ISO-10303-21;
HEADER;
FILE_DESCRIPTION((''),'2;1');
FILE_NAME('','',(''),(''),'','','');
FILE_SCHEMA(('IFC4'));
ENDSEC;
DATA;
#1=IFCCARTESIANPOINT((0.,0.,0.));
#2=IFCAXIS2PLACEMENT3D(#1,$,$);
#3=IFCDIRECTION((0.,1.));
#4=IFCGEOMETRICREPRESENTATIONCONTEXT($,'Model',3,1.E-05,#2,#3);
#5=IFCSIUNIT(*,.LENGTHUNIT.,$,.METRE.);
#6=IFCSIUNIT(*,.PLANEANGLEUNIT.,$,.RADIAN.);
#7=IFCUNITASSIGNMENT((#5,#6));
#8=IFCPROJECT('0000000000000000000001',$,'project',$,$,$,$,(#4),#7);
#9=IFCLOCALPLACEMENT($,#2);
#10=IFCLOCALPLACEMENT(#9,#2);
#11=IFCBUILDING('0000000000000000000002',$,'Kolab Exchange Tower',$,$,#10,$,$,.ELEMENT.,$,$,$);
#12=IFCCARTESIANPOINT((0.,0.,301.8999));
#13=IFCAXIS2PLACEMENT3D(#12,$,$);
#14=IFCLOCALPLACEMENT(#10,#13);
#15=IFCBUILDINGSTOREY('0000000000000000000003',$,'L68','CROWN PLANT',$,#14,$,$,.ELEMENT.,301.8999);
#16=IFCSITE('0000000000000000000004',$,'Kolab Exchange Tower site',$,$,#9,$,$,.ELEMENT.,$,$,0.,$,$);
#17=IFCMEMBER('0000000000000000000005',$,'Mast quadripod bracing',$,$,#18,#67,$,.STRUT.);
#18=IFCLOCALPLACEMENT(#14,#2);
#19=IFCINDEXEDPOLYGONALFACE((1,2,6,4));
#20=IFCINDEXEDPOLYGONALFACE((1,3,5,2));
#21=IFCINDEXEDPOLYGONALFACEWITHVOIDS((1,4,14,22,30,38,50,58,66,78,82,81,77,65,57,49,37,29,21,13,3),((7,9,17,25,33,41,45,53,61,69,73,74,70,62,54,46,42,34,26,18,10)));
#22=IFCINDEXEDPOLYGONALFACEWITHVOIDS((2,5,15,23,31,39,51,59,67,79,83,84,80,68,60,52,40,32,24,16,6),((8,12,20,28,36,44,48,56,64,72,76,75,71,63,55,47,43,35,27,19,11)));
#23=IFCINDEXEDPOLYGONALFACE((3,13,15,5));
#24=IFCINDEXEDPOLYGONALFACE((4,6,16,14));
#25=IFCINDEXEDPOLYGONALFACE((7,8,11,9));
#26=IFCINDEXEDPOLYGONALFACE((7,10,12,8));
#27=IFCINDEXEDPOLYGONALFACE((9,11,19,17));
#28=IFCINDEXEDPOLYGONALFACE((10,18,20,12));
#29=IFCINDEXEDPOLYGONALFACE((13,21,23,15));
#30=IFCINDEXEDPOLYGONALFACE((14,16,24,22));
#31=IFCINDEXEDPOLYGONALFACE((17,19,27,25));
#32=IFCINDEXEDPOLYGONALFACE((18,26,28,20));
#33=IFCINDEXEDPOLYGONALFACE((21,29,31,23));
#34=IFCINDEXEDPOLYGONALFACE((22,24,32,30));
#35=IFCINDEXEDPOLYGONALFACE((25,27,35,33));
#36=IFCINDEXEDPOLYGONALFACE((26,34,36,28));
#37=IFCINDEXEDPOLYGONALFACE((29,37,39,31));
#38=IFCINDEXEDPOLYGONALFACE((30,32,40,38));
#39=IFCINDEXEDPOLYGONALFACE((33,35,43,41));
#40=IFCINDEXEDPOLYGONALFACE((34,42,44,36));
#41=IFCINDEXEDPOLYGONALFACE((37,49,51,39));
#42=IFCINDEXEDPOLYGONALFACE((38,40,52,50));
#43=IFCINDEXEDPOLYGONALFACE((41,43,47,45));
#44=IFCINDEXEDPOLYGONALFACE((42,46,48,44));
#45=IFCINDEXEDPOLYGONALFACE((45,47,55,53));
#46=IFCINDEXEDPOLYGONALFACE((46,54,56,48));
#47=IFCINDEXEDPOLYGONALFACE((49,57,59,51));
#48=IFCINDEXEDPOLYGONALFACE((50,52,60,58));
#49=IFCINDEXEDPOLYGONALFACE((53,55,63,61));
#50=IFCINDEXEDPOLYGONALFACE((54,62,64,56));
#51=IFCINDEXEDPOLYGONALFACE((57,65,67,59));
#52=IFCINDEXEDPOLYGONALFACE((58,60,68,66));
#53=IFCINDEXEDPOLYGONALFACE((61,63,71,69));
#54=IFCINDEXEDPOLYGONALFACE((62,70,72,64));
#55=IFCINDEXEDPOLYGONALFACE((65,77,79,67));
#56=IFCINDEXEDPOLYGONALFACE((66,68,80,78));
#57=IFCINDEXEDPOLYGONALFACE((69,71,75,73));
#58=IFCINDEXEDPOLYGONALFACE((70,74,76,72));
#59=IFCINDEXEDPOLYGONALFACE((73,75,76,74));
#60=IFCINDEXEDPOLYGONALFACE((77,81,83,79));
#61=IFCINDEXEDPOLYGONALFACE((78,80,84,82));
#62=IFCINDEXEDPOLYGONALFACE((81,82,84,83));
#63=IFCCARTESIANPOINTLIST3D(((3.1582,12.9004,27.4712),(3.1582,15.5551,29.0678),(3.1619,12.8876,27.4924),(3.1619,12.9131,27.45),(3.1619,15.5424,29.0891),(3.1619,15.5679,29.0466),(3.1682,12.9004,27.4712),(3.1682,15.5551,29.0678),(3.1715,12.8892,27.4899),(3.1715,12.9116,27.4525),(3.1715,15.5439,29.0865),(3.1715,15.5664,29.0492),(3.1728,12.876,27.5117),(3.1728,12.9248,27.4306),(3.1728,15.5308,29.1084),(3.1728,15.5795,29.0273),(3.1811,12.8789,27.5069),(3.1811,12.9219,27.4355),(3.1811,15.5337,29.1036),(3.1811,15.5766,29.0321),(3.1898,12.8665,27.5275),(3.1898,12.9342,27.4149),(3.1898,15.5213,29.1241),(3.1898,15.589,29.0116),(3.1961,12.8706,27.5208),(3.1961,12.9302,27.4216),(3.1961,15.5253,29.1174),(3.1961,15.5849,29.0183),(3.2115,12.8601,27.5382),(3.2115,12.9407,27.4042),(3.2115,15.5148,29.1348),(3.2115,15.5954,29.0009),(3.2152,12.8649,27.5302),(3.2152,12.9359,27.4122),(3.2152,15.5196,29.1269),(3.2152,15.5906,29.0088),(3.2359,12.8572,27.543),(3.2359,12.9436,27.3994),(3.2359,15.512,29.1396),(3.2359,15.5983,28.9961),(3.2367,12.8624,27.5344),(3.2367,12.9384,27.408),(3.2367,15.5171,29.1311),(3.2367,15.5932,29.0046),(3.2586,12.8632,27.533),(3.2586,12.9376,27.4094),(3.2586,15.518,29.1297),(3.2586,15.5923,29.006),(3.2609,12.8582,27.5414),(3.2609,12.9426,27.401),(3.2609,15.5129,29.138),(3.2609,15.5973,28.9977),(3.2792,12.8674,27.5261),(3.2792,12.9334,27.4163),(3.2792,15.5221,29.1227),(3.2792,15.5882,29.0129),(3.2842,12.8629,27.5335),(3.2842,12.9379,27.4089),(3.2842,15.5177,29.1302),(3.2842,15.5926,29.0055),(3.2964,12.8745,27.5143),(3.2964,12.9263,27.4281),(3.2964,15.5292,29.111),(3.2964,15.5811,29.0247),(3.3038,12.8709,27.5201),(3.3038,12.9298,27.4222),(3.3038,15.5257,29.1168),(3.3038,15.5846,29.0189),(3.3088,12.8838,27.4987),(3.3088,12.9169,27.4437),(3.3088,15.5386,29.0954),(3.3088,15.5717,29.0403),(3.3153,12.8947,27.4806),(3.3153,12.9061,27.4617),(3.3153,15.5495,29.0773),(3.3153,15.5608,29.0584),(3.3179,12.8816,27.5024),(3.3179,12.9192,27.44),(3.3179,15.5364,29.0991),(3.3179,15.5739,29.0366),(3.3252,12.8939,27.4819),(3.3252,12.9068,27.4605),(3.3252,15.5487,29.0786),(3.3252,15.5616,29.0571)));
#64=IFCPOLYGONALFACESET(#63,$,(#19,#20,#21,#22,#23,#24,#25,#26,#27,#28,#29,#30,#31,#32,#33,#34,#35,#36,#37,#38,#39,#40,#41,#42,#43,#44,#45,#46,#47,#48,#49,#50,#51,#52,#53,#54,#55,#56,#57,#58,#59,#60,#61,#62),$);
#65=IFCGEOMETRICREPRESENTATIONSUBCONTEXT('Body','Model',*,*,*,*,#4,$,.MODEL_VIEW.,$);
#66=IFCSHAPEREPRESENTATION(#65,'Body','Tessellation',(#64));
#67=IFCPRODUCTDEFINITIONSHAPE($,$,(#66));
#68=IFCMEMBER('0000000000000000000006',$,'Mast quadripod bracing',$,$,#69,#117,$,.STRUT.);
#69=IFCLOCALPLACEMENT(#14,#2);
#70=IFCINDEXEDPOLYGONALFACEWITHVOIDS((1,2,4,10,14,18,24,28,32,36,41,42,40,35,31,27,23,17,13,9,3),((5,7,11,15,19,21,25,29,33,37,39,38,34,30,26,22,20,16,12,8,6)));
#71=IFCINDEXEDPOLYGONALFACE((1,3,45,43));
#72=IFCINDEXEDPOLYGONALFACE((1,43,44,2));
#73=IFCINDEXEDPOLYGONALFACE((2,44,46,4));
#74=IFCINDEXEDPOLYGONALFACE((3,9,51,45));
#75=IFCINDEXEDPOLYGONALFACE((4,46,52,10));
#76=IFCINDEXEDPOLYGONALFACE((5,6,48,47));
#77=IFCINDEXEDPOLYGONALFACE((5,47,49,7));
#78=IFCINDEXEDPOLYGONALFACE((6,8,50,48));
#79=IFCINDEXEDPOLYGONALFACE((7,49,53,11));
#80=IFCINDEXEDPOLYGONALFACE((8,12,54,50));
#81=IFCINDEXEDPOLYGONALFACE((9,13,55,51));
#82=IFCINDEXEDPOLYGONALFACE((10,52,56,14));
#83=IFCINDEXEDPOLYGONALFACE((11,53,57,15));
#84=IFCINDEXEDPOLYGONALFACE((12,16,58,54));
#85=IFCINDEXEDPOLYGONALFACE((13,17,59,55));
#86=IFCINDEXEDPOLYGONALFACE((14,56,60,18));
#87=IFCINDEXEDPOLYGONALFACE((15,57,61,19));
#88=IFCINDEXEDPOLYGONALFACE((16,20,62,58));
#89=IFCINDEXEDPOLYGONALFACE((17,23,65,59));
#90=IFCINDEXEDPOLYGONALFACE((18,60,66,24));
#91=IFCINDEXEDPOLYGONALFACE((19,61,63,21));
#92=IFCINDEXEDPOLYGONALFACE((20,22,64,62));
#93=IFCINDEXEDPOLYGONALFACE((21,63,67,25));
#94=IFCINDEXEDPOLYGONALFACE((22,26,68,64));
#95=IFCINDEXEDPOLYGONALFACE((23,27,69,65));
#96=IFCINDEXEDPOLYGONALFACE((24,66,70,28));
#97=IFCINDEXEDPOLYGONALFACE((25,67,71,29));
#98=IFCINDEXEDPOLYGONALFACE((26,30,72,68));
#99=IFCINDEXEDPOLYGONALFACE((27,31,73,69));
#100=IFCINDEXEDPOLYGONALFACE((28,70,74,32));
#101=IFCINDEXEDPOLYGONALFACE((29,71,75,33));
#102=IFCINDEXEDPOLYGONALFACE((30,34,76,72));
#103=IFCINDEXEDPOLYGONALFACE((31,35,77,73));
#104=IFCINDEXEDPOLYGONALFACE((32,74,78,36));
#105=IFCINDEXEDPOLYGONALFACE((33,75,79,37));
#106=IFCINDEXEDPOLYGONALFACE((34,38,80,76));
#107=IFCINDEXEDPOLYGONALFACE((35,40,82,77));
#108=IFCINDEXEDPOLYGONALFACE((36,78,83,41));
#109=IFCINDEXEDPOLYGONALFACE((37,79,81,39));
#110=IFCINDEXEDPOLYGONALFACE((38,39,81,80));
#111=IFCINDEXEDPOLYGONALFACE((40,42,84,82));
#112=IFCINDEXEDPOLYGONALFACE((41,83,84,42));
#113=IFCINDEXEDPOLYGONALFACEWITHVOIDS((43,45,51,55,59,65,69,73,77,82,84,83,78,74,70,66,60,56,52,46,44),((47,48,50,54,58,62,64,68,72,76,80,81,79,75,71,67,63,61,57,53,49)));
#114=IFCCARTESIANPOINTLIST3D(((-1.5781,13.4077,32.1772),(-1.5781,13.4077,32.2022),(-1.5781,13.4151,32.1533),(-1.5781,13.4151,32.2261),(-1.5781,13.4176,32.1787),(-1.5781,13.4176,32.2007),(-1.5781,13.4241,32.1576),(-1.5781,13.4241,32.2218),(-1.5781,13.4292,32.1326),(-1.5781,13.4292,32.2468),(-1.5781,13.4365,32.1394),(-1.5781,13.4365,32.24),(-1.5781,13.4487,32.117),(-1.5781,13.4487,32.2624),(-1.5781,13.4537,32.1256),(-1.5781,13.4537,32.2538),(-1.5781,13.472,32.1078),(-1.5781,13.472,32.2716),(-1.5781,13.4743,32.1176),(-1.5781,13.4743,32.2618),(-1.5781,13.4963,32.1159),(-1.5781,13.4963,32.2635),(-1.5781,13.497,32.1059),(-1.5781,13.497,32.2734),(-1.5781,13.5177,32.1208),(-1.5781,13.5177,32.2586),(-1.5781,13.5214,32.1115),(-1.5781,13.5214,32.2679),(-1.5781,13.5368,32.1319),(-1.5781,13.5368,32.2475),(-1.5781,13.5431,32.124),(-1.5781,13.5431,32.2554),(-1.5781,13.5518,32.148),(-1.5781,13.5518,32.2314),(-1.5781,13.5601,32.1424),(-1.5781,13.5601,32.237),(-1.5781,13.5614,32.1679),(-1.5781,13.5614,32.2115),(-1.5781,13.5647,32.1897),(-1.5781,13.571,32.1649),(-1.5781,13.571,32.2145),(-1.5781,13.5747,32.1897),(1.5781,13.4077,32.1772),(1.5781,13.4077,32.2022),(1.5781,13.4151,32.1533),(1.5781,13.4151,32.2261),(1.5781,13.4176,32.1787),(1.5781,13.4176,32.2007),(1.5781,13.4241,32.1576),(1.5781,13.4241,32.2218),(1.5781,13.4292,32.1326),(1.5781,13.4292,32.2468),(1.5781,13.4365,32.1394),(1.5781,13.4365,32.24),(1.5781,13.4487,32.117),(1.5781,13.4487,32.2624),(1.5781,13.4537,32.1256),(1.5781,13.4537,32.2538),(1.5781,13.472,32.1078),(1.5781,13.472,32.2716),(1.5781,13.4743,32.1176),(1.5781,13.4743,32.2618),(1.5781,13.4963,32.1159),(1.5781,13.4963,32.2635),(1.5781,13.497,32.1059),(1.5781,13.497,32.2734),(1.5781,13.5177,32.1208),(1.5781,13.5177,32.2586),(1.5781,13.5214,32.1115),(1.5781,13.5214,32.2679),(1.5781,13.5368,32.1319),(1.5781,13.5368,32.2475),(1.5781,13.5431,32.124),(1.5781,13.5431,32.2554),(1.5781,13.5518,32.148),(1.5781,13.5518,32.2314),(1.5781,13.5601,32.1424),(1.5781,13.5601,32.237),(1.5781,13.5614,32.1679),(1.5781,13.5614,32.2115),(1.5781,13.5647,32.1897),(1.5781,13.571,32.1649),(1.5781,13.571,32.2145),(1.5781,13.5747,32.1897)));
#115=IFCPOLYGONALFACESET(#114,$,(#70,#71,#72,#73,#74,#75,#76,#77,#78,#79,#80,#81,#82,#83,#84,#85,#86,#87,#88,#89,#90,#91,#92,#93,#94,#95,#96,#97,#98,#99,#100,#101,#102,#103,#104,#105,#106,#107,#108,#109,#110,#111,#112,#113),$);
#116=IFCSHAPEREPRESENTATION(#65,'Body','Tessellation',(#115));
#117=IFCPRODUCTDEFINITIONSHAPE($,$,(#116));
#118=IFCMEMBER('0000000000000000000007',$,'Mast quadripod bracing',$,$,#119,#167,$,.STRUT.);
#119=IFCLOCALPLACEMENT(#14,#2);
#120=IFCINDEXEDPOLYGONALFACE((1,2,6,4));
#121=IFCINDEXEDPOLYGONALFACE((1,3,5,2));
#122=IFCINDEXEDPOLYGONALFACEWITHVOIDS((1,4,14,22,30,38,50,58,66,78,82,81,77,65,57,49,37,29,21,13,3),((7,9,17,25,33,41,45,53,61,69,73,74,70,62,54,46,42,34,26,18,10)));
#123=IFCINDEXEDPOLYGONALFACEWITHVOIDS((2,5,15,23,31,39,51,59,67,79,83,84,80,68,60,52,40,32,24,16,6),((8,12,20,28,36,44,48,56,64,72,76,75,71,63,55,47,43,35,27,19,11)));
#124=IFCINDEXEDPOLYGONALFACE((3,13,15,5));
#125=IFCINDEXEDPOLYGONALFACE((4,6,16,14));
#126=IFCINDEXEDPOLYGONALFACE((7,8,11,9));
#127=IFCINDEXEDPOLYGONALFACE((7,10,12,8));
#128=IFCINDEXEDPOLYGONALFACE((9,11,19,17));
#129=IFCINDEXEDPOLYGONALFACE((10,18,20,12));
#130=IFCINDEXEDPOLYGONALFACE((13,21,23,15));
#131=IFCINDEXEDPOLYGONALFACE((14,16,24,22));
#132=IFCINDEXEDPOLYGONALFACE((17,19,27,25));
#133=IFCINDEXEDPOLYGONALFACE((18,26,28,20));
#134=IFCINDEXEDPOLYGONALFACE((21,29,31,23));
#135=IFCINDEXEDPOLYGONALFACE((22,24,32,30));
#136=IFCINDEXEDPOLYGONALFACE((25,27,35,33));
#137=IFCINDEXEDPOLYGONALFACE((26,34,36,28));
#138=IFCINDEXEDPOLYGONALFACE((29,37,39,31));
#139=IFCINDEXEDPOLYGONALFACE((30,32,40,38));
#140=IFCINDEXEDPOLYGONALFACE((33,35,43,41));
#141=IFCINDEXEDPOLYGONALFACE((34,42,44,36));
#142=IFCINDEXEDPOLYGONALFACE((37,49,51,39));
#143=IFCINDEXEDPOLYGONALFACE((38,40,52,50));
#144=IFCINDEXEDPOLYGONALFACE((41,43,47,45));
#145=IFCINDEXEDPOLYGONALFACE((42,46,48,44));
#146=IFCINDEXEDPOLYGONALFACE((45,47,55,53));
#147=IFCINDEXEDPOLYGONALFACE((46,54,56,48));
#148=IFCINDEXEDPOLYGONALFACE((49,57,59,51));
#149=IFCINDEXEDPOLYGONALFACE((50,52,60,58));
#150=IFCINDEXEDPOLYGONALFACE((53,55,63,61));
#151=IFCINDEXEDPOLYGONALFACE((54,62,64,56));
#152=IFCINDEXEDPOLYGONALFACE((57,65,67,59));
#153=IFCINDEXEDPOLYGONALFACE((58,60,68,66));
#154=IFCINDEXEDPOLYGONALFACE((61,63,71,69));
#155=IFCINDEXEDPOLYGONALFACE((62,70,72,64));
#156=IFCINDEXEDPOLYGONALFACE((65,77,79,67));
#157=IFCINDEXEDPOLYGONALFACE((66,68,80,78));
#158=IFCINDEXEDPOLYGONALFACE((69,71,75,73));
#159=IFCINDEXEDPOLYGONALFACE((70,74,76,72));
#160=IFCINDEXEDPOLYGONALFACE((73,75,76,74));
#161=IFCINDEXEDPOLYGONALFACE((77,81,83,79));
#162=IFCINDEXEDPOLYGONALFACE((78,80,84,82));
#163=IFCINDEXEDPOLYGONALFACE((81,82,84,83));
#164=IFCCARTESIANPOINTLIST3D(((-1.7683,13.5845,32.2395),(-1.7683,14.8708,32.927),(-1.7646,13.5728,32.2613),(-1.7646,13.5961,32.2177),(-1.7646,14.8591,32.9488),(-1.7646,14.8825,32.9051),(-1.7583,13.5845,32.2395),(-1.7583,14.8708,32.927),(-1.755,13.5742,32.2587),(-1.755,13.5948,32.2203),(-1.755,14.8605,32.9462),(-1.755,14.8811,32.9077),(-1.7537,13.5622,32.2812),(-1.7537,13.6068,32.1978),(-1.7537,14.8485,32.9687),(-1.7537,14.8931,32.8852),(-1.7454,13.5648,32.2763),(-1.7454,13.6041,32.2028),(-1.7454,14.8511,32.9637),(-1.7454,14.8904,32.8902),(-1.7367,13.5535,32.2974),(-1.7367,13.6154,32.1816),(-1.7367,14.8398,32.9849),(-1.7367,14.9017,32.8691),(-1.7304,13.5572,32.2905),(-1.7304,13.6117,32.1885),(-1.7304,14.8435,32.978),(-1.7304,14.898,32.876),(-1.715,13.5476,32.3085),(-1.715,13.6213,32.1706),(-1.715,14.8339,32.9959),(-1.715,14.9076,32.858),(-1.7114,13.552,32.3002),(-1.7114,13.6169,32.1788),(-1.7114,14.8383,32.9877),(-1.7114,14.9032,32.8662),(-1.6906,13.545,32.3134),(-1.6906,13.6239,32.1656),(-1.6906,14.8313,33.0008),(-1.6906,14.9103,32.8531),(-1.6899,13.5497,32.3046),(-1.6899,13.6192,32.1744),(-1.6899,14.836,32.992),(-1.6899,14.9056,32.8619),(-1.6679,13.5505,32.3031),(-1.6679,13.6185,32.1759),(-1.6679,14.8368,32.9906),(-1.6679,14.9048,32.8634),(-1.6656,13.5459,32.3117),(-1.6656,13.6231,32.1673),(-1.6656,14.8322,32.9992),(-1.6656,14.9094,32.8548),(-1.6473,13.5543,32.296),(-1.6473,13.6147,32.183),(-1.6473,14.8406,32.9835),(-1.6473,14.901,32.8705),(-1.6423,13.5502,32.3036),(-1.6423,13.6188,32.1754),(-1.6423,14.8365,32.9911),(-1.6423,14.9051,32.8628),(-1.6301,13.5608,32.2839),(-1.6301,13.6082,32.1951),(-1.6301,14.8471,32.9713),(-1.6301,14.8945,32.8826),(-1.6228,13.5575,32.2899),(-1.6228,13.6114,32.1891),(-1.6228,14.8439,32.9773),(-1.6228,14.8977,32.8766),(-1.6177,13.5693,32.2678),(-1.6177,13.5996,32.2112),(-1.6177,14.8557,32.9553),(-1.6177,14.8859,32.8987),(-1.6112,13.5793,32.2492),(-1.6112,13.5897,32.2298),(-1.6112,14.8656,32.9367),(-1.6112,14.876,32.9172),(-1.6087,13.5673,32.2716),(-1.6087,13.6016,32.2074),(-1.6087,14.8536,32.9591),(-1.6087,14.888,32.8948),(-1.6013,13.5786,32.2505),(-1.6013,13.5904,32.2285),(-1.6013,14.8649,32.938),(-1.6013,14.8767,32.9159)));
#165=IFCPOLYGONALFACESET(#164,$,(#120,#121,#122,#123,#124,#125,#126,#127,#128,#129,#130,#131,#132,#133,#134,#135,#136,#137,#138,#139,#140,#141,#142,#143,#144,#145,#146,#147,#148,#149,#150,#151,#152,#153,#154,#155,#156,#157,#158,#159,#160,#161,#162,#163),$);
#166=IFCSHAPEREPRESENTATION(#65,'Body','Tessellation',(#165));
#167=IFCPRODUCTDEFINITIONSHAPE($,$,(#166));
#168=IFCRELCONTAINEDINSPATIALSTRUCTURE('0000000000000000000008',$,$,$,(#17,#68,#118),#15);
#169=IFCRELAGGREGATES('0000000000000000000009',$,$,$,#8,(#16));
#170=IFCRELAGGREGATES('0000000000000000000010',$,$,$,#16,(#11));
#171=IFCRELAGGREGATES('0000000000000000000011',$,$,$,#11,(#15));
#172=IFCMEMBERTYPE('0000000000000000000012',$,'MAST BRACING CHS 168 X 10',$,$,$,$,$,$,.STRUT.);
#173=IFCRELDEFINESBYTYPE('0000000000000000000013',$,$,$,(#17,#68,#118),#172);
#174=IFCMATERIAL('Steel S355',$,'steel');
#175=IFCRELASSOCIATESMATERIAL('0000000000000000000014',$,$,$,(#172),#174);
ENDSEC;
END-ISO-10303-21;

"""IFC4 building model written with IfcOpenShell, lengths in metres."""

from ifc_helpers import new_model, si_unit, direction, frame, origin, origin_2d, place, context, subcontext, project, spatial, hollow_circle, extrude, material, material_profile, profile_set, type_object, element, save


model = new_model("IFC4")

# Units and contexts
model_context = context("Model", 3, precision=1e-05, world=origin(), true_north=direction((0.0, 1.0)))
body_context = subcontext(model_context, "Body", "Model", "MODEL_VIEW")
ifc_project = project(units=[si_unit("LENGTHUNIT", "METRE"), si_unit("PLANEANGLEUNIT", "RADIAN")], contexts=[model_context])

# Site, building, storey
site_placement = place(None, origin())
site = spatial("IfcSite", under=ifc_project, at=site_placement, Name="Kolab Exchange Tower site", CompositionType="ELEMENT", RefElevation=0.0)
building_placement = place(site_placement, origin())
building = spatial("IfcBuilding", under=site, at=building_placement, Name="Kolab Exchange Tower", CompositionType="ELEMENT")
storey_placement = place(building_placement, frame((0.0, 0.0, 301.8999)))
storey = spatial("IfcBuildingStorey", under=building, at=storey_placement, Name="L68", Description="CROWN PLANT", CompositionType="ELEMENT", Elevation=301.8999)

# Shared definitions
ifc_material_1 = material(Name="Steel S355", Category="steel")

# Members
ifc_material_profile_1 = material_profile(ifc_material_1, hollow_circle(Radius=0.084, WallThickness=0.01, at=origin_2d()), Name="CHS 168X10")
ifc_profile_set_1 = profile_set([ifc_material_profile_1], Name="Steel S355")
member_type_1 = type_object("IfcMemberType", Name="MAST BRACING CHS 168 X 10", PredefinedType="STRUT", material=ifc_profile_set_1)
for number, where, z_axis, x_axis, name in (
    (1, (3.2422, 12.9004, 27.4712), (0.0, 0.85695, 0.515399), (-1.0, 0.0, 0.0), "Mast quadripod bracing"),
):
    element("IfcMember", number, at=place(storey_placement, frame(where, z_axis=z_axis, x_axis=x_axis)), inside=storey, type_object=member_type_1, Name=name, PredefinedType="STRUT", context=body_context, shape_type="SweptSolid", body=[
        extrude(hollow_circle(Radius=0.084, WallThickness=0.01, at=origin_2d()), origin(), (0.0, 0.0, 1.0), 3.0979),
    ])
member_1_placement = place(storey_placement, frame((-1.5781, 13.4907, 32.1897), z_axis=(1.0, 0.0, 0.0), x_axis=(0.0, 1.0, 0.0)))
element("IfcMember", 2, at=member_1_placement, inside=storey, type_object=member_type_1, Name="Mast quadripod bracing", PredefinedType="STRUT", context=body_context, shape_type="SweptSolid", body=[
    extrude(hollow_circle(Radius=0.084, WallThickness=0.01, at=origin_2d()), origin(), (0.0, 0.0, 1.0), 3.1562),
])
for number, where, z_axis, x_axis, name in (
    (3, (-1.6843, 13.5845, 32.2395), (0.0, 0.881945, 0.471353), (-1.0, 0.0, 0.0), "Mast quadripod bracing"),
):
    element("IfcMember", number, at=place(storey_placement, frame(where, z_axis=z_axis, x_axis=x_axis)), inside=storey, type_object=member_type_1, Name=name, PredefinedType="STRUT", context=body_context, shape_type="SweptSolid", body=[
        extrude(hollow_circle(Radius=0.084, WallThickness=0.01, at=origin_2d()), origin(), (0.0, 0.0, 1.0), 1.4585),
    ])

save(model, "model.ifc")
